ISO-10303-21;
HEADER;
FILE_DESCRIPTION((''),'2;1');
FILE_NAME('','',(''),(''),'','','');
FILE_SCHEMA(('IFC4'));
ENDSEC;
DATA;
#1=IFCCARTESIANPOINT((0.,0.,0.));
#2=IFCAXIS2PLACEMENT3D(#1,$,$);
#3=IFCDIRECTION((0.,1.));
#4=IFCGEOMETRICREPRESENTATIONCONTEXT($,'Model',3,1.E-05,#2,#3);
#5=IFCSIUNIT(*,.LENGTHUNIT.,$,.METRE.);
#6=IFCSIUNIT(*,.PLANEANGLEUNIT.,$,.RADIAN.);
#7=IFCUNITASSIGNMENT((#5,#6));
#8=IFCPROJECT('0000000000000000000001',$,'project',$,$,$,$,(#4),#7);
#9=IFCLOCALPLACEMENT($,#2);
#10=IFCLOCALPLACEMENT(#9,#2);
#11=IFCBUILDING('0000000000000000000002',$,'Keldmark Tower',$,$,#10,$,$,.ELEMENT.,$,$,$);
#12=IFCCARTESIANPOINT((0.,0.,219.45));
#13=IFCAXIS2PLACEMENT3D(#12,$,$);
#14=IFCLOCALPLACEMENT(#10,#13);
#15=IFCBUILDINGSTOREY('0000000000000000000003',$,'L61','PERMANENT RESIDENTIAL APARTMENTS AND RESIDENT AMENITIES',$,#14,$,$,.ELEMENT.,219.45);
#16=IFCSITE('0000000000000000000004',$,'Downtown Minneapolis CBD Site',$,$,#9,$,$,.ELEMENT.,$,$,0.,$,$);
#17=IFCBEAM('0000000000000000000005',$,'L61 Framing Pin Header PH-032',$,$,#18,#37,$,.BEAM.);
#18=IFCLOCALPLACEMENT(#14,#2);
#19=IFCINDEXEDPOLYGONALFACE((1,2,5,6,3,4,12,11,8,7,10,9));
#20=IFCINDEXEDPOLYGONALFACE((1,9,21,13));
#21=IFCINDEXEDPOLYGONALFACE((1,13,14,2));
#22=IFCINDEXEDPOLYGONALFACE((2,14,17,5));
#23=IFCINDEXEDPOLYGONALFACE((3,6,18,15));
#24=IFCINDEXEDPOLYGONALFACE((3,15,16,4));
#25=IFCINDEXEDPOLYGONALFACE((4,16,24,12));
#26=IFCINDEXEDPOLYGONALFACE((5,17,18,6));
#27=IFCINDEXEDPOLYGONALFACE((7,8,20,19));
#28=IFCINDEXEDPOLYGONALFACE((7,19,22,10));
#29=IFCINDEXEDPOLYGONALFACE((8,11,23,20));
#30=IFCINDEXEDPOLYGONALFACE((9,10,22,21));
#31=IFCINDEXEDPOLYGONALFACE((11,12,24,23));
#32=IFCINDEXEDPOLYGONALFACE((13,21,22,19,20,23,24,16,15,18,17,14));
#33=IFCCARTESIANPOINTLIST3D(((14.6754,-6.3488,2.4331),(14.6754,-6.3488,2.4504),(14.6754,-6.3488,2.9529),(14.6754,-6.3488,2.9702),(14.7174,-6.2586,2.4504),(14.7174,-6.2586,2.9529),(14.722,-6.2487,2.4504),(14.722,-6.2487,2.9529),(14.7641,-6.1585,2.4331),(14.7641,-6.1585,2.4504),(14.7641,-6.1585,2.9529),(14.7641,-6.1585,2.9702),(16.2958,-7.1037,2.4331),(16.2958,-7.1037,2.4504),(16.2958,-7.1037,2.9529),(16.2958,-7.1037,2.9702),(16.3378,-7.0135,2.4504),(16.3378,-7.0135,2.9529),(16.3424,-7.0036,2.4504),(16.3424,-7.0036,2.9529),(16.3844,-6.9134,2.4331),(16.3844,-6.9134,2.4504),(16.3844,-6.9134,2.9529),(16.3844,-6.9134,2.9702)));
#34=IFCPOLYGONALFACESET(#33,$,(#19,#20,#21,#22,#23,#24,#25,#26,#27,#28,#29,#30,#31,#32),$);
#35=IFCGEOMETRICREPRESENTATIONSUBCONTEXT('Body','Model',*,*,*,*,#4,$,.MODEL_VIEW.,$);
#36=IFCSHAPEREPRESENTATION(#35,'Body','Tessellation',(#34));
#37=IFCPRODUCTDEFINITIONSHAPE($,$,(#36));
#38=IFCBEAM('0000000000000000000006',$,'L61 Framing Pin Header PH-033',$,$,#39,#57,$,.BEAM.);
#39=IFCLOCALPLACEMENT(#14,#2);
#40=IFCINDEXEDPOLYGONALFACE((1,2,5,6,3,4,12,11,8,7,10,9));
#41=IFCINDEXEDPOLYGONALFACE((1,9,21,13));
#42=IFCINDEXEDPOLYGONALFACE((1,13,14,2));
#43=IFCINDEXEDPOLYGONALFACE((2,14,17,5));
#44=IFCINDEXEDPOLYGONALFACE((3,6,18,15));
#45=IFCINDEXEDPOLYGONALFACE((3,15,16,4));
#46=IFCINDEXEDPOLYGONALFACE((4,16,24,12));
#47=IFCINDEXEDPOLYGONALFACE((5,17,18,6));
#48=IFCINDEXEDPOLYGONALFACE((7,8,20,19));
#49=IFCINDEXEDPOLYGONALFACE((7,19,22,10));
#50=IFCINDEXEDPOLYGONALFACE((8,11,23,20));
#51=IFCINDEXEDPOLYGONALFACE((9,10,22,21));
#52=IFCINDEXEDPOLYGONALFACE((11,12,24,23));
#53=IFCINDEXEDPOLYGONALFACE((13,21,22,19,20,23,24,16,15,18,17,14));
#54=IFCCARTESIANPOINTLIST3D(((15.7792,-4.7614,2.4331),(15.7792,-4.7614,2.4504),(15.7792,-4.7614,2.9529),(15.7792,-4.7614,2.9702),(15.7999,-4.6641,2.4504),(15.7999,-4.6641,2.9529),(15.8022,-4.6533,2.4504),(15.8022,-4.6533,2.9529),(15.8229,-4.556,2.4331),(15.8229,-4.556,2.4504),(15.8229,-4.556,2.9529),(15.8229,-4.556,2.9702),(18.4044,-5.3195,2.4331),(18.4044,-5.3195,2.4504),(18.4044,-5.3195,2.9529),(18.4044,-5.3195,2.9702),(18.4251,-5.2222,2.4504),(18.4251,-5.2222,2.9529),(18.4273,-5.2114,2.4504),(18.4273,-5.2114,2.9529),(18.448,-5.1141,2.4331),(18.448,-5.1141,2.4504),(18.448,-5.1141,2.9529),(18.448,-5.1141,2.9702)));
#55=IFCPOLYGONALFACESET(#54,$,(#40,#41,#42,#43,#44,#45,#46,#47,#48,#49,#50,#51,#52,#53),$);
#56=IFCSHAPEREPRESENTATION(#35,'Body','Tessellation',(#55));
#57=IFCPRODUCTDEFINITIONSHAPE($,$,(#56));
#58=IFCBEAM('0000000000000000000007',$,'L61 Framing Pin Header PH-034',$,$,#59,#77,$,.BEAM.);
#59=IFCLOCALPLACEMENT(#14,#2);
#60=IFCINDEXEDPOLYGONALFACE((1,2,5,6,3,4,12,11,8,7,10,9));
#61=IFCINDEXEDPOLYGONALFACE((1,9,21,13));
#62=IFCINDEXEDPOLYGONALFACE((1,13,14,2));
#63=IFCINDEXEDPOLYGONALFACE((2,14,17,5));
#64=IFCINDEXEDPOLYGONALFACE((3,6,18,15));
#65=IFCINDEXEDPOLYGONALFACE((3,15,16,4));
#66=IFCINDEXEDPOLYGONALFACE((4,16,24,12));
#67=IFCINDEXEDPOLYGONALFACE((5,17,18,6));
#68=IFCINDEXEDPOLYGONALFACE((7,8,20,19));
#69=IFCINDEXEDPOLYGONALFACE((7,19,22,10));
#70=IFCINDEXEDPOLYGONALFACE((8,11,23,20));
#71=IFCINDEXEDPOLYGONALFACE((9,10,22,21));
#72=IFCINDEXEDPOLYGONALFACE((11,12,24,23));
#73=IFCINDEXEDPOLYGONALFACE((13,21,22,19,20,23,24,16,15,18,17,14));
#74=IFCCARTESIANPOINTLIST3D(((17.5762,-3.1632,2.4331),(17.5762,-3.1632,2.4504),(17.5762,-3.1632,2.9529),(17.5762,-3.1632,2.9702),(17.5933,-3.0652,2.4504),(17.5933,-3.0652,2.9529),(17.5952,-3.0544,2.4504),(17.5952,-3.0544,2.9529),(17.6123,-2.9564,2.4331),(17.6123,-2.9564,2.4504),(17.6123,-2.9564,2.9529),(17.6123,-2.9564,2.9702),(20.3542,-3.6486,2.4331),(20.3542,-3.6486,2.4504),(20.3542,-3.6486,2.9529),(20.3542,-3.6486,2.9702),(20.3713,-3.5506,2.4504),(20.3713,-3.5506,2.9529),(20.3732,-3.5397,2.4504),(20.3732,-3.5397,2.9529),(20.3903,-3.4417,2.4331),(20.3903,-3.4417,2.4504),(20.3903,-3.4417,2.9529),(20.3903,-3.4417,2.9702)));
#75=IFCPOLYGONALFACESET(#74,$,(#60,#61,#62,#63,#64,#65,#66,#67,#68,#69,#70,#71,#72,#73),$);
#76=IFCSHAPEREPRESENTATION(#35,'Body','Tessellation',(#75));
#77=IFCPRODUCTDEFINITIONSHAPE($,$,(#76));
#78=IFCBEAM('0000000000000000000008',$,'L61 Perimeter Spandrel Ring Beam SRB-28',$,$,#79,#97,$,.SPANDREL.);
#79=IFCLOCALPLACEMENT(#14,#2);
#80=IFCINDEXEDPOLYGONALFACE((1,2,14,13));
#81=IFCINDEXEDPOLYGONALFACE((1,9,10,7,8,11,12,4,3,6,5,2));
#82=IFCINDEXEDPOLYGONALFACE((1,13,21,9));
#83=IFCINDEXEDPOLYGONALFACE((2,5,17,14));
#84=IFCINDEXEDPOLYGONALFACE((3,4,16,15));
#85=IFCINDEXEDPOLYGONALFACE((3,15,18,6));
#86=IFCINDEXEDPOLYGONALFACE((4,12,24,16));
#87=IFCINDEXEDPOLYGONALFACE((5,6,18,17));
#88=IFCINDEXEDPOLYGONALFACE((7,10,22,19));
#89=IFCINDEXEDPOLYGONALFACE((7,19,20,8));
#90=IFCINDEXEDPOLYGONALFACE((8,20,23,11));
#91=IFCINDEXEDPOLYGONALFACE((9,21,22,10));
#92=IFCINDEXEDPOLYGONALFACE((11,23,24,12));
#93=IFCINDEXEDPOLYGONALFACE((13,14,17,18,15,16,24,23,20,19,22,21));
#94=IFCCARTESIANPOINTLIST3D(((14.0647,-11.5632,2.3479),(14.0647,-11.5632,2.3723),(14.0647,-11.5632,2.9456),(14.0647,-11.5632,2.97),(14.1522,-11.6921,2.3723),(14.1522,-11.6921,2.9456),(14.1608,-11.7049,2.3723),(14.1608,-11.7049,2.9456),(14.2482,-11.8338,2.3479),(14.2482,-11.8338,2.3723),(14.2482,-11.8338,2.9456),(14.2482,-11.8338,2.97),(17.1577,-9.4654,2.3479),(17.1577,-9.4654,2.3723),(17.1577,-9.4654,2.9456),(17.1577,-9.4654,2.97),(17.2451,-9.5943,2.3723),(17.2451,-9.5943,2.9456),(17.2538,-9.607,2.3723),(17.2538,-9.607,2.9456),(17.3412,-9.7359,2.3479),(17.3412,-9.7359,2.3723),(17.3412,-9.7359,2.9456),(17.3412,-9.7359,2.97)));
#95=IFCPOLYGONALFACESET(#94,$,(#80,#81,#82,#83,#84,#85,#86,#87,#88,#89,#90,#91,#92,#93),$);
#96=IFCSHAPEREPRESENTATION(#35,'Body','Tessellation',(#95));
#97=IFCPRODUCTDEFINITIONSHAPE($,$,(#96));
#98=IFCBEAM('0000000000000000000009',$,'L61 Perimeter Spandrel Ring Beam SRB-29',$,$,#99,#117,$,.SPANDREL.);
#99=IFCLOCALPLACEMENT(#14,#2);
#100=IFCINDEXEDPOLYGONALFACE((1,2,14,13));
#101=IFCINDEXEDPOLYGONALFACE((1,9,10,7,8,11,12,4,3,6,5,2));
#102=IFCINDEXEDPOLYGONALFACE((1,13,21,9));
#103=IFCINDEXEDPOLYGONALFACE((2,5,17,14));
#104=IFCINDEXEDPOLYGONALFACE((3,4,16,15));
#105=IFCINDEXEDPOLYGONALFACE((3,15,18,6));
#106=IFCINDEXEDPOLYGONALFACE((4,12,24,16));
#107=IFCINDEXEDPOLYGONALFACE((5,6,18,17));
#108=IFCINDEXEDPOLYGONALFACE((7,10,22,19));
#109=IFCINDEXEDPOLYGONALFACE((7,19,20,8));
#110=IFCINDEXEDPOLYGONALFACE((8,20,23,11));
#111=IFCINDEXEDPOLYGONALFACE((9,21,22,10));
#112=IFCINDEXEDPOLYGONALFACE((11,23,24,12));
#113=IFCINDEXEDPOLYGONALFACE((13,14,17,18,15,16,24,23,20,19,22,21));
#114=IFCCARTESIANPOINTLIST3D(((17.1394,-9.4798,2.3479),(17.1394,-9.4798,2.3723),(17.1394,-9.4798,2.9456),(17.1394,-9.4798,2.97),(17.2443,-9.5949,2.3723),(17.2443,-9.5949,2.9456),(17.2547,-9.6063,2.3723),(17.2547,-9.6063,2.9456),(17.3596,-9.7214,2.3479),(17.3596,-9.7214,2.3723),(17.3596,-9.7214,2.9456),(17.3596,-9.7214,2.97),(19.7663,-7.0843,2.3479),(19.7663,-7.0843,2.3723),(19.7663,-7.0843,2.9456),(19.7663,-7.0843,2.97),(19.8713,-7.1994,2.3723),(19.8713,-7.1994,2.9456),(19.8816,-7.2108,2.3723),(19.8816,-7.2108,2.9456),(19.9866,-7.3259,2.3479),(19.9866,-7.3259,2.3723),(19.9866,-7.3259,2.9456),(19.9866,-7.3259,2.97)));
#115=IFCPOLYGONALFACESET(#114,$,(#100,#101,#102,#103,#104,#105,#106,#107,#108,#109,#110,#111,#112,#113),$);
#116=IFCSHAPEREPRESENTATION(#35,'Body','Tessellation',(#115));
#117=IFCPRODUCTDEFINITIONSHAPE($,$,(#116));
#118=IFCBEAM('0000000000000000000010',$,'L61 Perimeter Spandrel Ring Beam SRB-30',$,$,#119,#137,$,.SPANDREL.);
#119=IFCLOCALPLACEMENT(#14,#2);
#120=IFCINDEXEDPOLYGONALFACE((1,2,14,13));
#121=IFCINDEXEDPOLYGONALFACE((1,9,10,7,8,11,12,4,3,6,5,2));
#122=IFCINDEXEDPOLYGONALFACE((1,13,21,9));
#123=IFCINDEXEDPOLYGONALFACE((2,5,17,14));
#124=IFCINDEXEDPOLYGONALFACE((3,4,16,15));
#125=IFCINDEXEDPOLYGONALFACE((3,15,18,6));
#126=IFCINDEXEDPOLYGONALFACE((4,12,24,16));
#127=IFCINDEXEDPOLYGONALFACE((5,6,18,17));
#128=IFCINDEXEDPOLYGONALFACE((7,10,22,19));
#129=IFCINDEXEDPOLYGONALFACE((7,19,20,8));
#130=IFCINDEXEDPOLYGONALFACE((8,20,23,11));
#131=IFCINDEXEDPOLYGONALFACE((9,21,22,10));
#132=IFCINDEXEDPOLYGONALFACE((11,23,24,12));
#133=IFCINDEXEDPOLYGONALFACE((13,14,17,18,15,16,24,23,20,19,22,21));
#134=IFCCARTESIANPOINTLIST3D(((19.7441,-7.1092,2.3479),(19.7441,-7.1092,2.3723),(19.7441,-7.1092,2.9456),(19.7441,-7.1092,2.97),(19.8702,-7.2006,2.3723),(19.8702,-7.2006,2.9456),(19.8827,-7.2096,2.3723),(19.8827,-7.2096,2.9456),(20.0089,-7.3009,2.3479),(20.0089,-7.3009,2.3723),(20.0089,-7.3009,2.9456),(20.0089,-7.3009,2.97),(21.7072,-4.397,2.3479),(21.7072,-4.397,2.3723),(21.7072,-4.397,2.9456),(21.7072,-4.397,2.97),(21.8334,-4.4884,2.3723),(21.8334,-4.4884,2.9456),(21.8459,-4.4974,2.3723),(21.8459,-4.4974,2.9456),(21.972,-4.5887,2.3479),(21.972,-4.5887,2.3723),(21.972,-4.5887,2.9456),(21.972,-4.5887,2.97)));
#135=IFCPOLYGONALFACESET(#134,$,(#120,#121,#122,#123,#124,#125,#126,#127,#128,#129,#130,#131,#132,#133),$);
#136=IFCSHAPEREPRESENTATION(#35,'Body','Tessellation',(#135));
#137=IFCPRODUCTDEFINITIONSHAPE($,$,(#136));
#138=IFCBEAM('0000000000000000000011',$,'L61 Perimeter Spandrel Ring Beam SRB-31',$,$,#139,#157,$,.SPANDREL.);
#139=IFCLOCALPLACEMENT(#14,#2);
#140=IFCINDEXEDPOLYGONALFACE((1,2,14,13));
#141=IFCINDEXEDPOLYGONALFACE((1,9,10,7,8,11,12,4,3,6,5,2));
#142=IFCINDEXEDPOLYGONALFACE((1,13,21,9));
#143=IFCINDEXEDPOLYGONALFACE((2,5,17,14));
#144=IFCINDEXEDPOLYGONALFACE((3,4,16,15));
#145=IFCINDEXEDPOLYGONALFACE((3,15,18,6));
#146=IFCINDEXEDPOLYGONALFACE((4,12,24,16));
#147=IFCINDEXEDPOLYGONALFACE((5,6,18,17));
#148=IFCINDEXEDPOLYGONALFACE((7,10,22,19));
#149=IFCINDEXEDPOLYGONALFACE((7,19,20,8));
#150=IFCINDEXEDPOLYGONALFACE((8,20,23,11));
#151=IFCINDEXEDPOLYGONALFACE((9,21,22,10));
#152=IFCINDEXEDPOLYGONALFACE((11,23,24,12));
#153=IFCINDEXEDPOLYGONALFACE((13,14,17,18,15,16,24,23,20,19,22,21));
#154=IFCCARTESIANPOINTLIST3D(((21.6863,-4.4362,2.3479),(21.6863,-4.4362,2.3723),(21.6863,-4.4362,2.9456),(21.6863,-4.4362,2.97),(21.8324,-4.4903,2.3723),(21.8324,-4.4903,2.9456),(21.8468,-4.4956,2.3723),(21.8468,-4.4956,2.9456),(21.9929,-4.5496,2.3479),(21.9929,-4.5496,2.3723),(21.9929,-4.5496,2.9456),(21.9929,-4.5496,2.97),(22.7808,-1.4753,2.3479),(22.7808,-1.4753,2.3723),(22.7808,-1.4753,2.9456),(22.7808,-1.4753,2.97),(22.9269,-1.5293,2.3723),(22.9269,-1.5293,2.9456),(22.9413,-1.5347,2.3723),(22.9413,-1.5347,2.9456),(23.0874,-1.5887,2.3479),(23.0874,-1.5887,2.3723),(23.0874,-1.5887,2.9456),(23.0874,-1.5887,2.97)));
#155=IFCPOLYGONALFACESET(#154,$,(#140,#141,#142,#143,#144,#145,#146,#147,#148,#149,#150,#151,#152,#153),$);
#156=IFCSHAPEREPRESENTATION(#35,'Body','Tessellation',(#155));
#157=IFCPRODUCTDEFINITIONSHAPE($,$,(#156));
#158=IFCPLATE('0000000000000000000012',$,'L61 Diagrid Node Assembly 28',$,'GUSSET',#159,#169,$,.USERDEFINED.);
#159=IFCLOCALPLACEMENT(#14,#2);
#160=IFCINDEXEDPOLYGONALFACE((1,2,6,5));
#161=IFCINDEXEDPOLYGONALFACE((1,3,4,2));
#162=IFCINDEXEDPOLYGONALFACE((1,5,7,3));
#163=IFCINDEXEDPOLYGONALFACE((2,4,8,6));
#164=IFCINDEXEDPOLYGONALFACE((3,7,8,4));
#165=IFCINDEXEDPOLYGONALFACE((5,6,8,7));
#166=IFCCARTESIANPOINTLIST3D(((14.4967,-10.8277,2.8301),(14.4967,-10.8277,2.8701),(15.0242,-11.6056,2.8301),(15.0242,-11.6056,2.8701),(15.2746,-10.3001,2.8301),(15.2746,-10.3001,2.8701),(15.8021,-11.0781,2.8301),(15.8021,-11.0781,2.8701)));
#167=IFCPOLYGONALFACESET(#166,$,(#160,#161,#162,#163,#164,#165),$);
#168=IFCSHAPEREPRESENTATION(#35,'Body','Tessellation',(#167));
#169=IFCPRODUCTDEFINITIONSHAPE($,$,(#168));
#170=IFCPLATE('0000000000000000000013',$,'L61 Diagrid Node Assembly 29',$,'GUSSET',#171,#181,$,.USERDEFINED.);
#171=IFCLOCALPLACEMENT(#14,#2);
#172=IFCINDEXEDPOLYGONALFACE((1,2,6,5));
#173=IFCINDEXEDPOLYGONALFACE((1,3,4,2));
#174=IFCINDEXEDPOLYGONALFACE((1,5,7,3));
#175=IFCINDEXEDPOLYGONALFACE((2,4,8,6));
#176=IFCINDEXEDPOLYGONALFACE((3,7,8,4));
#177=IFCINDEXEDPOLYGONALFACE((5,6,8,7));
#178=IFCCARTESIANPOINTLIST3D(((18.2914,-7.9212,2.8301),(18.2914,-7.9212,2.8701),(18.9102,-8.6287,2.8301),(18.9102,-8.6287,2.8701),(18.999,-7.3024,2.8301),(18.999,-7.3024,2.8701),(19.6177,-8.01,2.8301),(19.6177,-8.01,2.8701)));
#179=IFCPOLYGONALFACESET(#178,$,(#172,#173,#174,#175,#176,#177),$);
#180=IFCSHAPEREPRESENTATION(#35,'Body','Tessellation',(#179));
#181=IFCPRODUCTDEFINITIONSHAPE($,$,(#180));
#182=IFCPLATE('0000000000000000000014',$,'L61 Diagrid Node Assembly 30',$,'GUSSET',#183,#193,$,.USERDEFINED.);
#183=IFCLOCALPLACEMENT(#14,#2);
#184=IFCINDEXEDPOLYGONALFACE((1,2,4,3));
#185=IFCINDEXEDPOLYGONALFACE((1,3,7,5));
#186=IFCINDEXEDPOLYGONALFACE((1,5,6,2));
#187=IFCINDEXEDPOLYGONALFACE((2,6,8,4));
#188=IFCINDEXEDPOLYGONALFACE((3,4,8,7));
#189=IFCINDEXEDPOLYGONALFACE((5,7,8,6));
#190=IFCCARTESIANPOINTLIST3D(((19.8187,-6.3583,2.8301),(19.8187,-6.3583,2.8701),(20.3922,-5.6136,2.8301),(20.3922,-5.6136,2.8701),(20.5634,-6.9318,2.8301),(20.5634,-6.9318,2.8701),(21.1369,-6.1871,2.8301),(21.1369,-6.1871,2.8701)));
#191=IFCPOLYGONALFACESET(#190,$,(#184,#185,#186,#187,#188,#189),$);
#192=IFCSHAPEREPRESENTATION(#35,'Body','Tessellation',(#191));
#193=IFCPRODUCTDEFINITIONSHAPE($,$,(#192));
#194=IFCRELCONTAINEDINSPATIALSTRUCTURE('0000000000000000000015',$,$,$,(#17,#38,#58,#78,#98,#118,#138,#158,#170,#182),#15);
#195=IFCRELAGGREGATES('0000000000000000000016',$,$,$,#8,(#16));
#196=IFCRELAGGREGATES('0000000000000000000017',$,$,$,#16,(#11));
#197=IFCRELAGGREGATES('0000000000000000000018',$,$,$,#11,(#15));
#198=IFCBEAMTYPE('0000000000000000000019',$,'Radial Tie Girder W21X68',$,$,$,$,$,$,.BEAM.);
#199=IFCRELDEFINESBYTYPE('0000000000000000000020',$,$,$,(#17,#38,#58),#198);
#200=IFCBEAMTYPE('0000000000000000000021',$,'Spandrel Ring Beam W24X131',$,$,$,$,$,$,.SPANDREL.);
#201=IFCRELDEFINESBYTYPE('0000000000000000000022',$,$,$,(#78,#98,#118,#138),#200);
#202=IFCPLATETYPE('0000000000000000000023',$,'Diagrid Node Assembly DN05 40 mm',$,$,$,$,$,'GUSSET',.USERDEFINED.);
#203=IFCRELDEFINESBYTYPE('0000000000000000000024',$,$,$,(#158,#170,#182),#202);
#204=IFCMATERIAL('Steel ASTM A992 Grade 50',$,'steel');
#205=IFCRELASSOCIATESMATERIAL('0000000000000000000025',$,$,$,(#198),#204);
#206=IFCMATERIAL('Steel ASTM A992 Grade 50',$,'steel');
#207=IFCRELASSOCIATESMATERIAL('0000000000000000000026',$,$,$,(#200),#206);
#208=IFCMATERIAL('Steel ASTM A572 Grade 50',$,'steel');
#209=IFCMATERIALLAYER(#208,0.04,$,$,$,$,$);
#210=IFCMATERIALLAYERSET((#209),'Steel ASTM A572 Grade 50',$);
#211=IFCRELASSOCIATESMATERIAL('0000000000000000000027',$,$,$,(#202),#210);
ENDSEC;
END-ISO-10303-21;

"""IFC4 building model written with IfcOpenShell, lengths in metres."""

from ifc_helpers import new_model, si_unit, direction, frame, origin, origin_2d, place, context, subcontext, project, spatial, rectangle, i_section, extrude, material, layer, layer_set, material_profile, profile_set, type_object, element, save


model = new_model("IFC4")

# Units and contexts
model_context = context("Model", 3, precision=1e-05, world=origin(), true_north=direction((0.0, 1.0)))
body_context = subcontext(model_context, "Body", "Model", "MODEL_VIEW")
ifc_project = project(units=[si_unit("LENGTHUNIT", "METRE"), si_unit("PLANEANGLEUNIT", "RADIAN")], contexts=[model_context])

# Site, building, storey
site_placement = place(None, origin())
site = spatial("IfcSite", under=ifc_project, at=site_placement, Name="Downtown Minneapolis CBD Site", CompositionType="ELEMENT", RefElevation=0.0)
building_placement = place(site_placement, origin())
building = spatial("IfcBuilding", under=site, at=building_placement, Name="Keldmark Tower", CompositionType="ELEMENT")
storey_placement = place(building_placement, frame((0.0, 0.0, 219.45)))
storey = spatial("IfcBuildingStorey", under=building, at=storey_placement, Name="L61", Description="PERMANENT RESIDENTIAL APARTMENTS AND RESIDENT AMENITIES", CompositionType="ELEMENT", Elevation=219.45)

# Beams
ifc_material_1 = material(Name="Steel ASTM A992 Grade 50", Category="steel")
ifc_material_profile_1 = material_profile(ifc_material_1, i_section(OverallWidth=0.21, OverallDepth=0.5371, WebThickness=0.011, FlangeThickness=0.0173, at=origin_2d()), Name="W21X68")
ifc_profile_set_1 = profile_set([ifc_material_profile_1], Name="Steel ASTM A992 Grade 50")
beam_type_1 = type_object("IfcBeamType", Name="Radial Tie Girder W21X68", PredefinedType="BEAM", material=ifc_profile_set_1)
beam_1_placement = place(storey_placement, frame((14.7197, -6.2537, 2.7017), z_axis=(0.906459, -0.422295, 0.0), x_axis=(0.422295, 0.906459, 0.0)))
element("IfcBeam", 1, at=beam_1_placement, inside=storey, type_object=beam_type_1, Name="L61 Framing Pin Header PH-032", PredefinedType="BEAM", context=body_context, shape_type="SweptSolid", body=[
    extrude(i_section(OverallWidth=0.21, OverallDepth=0.5371, WebThickness=0.011, FlangeThickness=0.0173, at=origin_2d()), origin(), (0.0, 0.0, 1.0), 1.7876),
])
beam_2_placement = place(storey_placement, frame((15.801, -4.6587, 2.7017), z_axis=(0.978141, -0.207945, 0.0), x_axis=(0.207945, 0.978141, 0.0)))
element("IfcBeam", 2, at=beam_2_placement, inside=storey, type_object=beam_type_1, Name="L61 Framing Pin Header PH-033", PredefinedType="BEAM", context=body_context, shape_type="SweptSolid", body=[
    extrude(i_section(OverallWidth=0.21, OverallDepth=0.5371, WebThickness=0.011, FlangeThickness=0.0173, at=origin_2d()), origin(), (0.0, 0.0, 1.0), 2.6838),
])
beam_3_placement = place(storey_placement, frame((17.5942, -3.0598, 2.7017), z_axis=(0.985079, -0.172101, 0.0), x_axis=(0.172101, 0.985079, 0.0)))
element("IfcBeam", 3, at=beam_3_placement, inside=storey, type_object=beam_type_1, Name="L61 Framing Pin Header PH-034", PredefinedType="BEAM", context=body_context, shape_type="SweptSolid", body=[
    extrude(i_section(OverallWidth=0.21, OverallDepth=0.5371, WebThickness=0.011, FlangeThickness=0.0173, at=origin_2d()), origin(), (0.0, 0.0, 1.0), 2.8201),
])
ifc_material_2 = material(Name="Steel ASTM A992 Grade 50", Category="steel")
ifc_material_profile_2 = material_profile(ifc_material_2, i_section(OverallWidth=0.3269, OverallDepth=0.6221, WebThickness=0.0154, FlangeThickness=0.0244, at=origin_2d()), Name="W24X131")
ifc_profile_set_2 = profile_set([ifc_material_profile_2], Name="Steel ASTM A992 Grade 50")
beam_type_2 = type_object("IfcBeamType", Name="Spandrel Ring Beam W24X131", PredefinedType="SPANDREL", material=ifc_profile_set_2)
beam_4_placement = place(storey_placement, frame((14.1565, -11.6985, 2.6589), z_axis=(0.827592, 0.56133, 0.0), x_axis=(-0.56133, 0.827592, 0.0)))
element("IfcBeam", 4, at=beam_4_placement, inside=storey, type_object=beam_type_2, Name="L61 Perimeter Spandrel Ring Beam SRB-28", PredefinedType="SPANDREL", context=body_context, shape_type="SweptSolid", body=[
    extrude(i_section(OverallWidth=0.3269, OverallDepth=0.6221, WebThickness=0.0154, FlangeThickness=0.0244, at=origin_2d()), origin(), (0.0, 0.0, 1.0), 3.7373),
])
beam_5_placement = place(storey_placement, frame((17.2495, -9.6006, 2.6589), z_axis=(0.738908, 0.673807, 0.0), x_axis=(-0.673807, 0.738908, 0.0)))
element("IfcBeam", 5, at=beam_5_placement, inside=storey, type_object=beam_type_2, Name="L61 Perimeter Spandrel Ring Beam SRB-29", PredefinedType="SPANDREL", context=body_context, shape_type="SweptSolid", body=[
    extrude(i_section(OverallWidth=0.3269, OverallDepth=0.6221, WebThickness=0.0154, FlangeThickness=0.0244, at=origin_2d()), origin(), (0.0, 0.0, 1.0), 3.5552),
])
beam_6_placement = place(storey_placement, frame((19.8765, -7.2051, 2.6589), z_axis=(0.586345, 0.810062, 0.0), x_axis=(-0.810062, 0.586345, 0.0)))
element("IfcBeam", 6, at=beam_6_placement, inside=storey, type_object=beam_type_2, Name="L61 Perimeter Spandrel Ring Beam SRB-30", PredefinedType="SPANDREL", context=body_context, shape_type="SweptSolid", body=[
    extrude(i_section(OverallWidth=0.3269, OverallDepth=0.6221, WebThickness=0.0154, FlangeThickness=0.0244, at=origin_2d()), origin(), (0.0, 0.0, 1.0), 3.3481),
])
beam_7_placement = place(storey_placement, frame((21.8396, -4.4929, 2.6589), z_axis=(0.346712, 0.937972, 0.0), x_axis=(-0.937972, 0.346712, 0.0)))
element("IfcBeam", 7, at=beam_7_placement, inside=storey, type_object=beam_type_2, Name="L61 Perimeter Spandrel Ring Beam SRB-31", PredefinedType="SPANDREL", context=body_context, shape_type="SweptSolid", body=[
    extrude(i_section(OverallWidth=0.3269, OverallDepth=0.6221, WebThickness=0.0154, FlangeThickness=0.0244, at=origin_2d()), origin(), (0.0, 0.0, 1.0), 3.1567),
])

# Plates
ifc_material_3 = material(Name="Steel ASTM A572 Grade 50", Category="steel")
ifc_layer_1 = layer(ifc_material_3, 0.04)
ifc_layer_set_1 = layer_set([ifc_layer_1], Name="Steel ASTM A572 Grade 50")
plate_type = type_object("IfcPlateType", Name="Diagrid Node Assembly DN05 40 mm", ElementType="GUSSET", PredefinedType="USERDEFINED", material=ifc_layer_set_1)
for number, where, z_axis, x_axis, name in (
    (8, (15.1494, -10.9529, 2.8301), (0.0, 0.0, 1.0), (0.827669, 0.561217, 0.0), "L61 Diagrid Node Assembly 28"),
    (9, (18.9546, -7.9656, 2.8301), (0.0, 0.0, 1.0), (0.75276, 0.658295, 0.0), "L61 Diagrid Node Assembly 29"),
    (10, (20.4778, -6.2727, 2.8301), (0.0, 0.0, 1.0), (0.610145, 0.79229, 0.0), "L61 Diagrid Node Assembly 30"),
):
    element("IfcPlate", number, at=place(storey_placement, frame(where, z_axis=z_axis, x_axis=x_axis)), inside=storey, type_object=plate_type, Name=name, ObjectType="GUSSET", PredefinedType="USERDEFINED", context=body_context, shape_type="SweptSolid", body=[
        extrude(rectangle(XDim=0.9399, YDim=0.9399, at=origin_2d()), origin(), (0.0, 0.0, 1.0), 0.04),
    ])

save(model, "model.ifc")
